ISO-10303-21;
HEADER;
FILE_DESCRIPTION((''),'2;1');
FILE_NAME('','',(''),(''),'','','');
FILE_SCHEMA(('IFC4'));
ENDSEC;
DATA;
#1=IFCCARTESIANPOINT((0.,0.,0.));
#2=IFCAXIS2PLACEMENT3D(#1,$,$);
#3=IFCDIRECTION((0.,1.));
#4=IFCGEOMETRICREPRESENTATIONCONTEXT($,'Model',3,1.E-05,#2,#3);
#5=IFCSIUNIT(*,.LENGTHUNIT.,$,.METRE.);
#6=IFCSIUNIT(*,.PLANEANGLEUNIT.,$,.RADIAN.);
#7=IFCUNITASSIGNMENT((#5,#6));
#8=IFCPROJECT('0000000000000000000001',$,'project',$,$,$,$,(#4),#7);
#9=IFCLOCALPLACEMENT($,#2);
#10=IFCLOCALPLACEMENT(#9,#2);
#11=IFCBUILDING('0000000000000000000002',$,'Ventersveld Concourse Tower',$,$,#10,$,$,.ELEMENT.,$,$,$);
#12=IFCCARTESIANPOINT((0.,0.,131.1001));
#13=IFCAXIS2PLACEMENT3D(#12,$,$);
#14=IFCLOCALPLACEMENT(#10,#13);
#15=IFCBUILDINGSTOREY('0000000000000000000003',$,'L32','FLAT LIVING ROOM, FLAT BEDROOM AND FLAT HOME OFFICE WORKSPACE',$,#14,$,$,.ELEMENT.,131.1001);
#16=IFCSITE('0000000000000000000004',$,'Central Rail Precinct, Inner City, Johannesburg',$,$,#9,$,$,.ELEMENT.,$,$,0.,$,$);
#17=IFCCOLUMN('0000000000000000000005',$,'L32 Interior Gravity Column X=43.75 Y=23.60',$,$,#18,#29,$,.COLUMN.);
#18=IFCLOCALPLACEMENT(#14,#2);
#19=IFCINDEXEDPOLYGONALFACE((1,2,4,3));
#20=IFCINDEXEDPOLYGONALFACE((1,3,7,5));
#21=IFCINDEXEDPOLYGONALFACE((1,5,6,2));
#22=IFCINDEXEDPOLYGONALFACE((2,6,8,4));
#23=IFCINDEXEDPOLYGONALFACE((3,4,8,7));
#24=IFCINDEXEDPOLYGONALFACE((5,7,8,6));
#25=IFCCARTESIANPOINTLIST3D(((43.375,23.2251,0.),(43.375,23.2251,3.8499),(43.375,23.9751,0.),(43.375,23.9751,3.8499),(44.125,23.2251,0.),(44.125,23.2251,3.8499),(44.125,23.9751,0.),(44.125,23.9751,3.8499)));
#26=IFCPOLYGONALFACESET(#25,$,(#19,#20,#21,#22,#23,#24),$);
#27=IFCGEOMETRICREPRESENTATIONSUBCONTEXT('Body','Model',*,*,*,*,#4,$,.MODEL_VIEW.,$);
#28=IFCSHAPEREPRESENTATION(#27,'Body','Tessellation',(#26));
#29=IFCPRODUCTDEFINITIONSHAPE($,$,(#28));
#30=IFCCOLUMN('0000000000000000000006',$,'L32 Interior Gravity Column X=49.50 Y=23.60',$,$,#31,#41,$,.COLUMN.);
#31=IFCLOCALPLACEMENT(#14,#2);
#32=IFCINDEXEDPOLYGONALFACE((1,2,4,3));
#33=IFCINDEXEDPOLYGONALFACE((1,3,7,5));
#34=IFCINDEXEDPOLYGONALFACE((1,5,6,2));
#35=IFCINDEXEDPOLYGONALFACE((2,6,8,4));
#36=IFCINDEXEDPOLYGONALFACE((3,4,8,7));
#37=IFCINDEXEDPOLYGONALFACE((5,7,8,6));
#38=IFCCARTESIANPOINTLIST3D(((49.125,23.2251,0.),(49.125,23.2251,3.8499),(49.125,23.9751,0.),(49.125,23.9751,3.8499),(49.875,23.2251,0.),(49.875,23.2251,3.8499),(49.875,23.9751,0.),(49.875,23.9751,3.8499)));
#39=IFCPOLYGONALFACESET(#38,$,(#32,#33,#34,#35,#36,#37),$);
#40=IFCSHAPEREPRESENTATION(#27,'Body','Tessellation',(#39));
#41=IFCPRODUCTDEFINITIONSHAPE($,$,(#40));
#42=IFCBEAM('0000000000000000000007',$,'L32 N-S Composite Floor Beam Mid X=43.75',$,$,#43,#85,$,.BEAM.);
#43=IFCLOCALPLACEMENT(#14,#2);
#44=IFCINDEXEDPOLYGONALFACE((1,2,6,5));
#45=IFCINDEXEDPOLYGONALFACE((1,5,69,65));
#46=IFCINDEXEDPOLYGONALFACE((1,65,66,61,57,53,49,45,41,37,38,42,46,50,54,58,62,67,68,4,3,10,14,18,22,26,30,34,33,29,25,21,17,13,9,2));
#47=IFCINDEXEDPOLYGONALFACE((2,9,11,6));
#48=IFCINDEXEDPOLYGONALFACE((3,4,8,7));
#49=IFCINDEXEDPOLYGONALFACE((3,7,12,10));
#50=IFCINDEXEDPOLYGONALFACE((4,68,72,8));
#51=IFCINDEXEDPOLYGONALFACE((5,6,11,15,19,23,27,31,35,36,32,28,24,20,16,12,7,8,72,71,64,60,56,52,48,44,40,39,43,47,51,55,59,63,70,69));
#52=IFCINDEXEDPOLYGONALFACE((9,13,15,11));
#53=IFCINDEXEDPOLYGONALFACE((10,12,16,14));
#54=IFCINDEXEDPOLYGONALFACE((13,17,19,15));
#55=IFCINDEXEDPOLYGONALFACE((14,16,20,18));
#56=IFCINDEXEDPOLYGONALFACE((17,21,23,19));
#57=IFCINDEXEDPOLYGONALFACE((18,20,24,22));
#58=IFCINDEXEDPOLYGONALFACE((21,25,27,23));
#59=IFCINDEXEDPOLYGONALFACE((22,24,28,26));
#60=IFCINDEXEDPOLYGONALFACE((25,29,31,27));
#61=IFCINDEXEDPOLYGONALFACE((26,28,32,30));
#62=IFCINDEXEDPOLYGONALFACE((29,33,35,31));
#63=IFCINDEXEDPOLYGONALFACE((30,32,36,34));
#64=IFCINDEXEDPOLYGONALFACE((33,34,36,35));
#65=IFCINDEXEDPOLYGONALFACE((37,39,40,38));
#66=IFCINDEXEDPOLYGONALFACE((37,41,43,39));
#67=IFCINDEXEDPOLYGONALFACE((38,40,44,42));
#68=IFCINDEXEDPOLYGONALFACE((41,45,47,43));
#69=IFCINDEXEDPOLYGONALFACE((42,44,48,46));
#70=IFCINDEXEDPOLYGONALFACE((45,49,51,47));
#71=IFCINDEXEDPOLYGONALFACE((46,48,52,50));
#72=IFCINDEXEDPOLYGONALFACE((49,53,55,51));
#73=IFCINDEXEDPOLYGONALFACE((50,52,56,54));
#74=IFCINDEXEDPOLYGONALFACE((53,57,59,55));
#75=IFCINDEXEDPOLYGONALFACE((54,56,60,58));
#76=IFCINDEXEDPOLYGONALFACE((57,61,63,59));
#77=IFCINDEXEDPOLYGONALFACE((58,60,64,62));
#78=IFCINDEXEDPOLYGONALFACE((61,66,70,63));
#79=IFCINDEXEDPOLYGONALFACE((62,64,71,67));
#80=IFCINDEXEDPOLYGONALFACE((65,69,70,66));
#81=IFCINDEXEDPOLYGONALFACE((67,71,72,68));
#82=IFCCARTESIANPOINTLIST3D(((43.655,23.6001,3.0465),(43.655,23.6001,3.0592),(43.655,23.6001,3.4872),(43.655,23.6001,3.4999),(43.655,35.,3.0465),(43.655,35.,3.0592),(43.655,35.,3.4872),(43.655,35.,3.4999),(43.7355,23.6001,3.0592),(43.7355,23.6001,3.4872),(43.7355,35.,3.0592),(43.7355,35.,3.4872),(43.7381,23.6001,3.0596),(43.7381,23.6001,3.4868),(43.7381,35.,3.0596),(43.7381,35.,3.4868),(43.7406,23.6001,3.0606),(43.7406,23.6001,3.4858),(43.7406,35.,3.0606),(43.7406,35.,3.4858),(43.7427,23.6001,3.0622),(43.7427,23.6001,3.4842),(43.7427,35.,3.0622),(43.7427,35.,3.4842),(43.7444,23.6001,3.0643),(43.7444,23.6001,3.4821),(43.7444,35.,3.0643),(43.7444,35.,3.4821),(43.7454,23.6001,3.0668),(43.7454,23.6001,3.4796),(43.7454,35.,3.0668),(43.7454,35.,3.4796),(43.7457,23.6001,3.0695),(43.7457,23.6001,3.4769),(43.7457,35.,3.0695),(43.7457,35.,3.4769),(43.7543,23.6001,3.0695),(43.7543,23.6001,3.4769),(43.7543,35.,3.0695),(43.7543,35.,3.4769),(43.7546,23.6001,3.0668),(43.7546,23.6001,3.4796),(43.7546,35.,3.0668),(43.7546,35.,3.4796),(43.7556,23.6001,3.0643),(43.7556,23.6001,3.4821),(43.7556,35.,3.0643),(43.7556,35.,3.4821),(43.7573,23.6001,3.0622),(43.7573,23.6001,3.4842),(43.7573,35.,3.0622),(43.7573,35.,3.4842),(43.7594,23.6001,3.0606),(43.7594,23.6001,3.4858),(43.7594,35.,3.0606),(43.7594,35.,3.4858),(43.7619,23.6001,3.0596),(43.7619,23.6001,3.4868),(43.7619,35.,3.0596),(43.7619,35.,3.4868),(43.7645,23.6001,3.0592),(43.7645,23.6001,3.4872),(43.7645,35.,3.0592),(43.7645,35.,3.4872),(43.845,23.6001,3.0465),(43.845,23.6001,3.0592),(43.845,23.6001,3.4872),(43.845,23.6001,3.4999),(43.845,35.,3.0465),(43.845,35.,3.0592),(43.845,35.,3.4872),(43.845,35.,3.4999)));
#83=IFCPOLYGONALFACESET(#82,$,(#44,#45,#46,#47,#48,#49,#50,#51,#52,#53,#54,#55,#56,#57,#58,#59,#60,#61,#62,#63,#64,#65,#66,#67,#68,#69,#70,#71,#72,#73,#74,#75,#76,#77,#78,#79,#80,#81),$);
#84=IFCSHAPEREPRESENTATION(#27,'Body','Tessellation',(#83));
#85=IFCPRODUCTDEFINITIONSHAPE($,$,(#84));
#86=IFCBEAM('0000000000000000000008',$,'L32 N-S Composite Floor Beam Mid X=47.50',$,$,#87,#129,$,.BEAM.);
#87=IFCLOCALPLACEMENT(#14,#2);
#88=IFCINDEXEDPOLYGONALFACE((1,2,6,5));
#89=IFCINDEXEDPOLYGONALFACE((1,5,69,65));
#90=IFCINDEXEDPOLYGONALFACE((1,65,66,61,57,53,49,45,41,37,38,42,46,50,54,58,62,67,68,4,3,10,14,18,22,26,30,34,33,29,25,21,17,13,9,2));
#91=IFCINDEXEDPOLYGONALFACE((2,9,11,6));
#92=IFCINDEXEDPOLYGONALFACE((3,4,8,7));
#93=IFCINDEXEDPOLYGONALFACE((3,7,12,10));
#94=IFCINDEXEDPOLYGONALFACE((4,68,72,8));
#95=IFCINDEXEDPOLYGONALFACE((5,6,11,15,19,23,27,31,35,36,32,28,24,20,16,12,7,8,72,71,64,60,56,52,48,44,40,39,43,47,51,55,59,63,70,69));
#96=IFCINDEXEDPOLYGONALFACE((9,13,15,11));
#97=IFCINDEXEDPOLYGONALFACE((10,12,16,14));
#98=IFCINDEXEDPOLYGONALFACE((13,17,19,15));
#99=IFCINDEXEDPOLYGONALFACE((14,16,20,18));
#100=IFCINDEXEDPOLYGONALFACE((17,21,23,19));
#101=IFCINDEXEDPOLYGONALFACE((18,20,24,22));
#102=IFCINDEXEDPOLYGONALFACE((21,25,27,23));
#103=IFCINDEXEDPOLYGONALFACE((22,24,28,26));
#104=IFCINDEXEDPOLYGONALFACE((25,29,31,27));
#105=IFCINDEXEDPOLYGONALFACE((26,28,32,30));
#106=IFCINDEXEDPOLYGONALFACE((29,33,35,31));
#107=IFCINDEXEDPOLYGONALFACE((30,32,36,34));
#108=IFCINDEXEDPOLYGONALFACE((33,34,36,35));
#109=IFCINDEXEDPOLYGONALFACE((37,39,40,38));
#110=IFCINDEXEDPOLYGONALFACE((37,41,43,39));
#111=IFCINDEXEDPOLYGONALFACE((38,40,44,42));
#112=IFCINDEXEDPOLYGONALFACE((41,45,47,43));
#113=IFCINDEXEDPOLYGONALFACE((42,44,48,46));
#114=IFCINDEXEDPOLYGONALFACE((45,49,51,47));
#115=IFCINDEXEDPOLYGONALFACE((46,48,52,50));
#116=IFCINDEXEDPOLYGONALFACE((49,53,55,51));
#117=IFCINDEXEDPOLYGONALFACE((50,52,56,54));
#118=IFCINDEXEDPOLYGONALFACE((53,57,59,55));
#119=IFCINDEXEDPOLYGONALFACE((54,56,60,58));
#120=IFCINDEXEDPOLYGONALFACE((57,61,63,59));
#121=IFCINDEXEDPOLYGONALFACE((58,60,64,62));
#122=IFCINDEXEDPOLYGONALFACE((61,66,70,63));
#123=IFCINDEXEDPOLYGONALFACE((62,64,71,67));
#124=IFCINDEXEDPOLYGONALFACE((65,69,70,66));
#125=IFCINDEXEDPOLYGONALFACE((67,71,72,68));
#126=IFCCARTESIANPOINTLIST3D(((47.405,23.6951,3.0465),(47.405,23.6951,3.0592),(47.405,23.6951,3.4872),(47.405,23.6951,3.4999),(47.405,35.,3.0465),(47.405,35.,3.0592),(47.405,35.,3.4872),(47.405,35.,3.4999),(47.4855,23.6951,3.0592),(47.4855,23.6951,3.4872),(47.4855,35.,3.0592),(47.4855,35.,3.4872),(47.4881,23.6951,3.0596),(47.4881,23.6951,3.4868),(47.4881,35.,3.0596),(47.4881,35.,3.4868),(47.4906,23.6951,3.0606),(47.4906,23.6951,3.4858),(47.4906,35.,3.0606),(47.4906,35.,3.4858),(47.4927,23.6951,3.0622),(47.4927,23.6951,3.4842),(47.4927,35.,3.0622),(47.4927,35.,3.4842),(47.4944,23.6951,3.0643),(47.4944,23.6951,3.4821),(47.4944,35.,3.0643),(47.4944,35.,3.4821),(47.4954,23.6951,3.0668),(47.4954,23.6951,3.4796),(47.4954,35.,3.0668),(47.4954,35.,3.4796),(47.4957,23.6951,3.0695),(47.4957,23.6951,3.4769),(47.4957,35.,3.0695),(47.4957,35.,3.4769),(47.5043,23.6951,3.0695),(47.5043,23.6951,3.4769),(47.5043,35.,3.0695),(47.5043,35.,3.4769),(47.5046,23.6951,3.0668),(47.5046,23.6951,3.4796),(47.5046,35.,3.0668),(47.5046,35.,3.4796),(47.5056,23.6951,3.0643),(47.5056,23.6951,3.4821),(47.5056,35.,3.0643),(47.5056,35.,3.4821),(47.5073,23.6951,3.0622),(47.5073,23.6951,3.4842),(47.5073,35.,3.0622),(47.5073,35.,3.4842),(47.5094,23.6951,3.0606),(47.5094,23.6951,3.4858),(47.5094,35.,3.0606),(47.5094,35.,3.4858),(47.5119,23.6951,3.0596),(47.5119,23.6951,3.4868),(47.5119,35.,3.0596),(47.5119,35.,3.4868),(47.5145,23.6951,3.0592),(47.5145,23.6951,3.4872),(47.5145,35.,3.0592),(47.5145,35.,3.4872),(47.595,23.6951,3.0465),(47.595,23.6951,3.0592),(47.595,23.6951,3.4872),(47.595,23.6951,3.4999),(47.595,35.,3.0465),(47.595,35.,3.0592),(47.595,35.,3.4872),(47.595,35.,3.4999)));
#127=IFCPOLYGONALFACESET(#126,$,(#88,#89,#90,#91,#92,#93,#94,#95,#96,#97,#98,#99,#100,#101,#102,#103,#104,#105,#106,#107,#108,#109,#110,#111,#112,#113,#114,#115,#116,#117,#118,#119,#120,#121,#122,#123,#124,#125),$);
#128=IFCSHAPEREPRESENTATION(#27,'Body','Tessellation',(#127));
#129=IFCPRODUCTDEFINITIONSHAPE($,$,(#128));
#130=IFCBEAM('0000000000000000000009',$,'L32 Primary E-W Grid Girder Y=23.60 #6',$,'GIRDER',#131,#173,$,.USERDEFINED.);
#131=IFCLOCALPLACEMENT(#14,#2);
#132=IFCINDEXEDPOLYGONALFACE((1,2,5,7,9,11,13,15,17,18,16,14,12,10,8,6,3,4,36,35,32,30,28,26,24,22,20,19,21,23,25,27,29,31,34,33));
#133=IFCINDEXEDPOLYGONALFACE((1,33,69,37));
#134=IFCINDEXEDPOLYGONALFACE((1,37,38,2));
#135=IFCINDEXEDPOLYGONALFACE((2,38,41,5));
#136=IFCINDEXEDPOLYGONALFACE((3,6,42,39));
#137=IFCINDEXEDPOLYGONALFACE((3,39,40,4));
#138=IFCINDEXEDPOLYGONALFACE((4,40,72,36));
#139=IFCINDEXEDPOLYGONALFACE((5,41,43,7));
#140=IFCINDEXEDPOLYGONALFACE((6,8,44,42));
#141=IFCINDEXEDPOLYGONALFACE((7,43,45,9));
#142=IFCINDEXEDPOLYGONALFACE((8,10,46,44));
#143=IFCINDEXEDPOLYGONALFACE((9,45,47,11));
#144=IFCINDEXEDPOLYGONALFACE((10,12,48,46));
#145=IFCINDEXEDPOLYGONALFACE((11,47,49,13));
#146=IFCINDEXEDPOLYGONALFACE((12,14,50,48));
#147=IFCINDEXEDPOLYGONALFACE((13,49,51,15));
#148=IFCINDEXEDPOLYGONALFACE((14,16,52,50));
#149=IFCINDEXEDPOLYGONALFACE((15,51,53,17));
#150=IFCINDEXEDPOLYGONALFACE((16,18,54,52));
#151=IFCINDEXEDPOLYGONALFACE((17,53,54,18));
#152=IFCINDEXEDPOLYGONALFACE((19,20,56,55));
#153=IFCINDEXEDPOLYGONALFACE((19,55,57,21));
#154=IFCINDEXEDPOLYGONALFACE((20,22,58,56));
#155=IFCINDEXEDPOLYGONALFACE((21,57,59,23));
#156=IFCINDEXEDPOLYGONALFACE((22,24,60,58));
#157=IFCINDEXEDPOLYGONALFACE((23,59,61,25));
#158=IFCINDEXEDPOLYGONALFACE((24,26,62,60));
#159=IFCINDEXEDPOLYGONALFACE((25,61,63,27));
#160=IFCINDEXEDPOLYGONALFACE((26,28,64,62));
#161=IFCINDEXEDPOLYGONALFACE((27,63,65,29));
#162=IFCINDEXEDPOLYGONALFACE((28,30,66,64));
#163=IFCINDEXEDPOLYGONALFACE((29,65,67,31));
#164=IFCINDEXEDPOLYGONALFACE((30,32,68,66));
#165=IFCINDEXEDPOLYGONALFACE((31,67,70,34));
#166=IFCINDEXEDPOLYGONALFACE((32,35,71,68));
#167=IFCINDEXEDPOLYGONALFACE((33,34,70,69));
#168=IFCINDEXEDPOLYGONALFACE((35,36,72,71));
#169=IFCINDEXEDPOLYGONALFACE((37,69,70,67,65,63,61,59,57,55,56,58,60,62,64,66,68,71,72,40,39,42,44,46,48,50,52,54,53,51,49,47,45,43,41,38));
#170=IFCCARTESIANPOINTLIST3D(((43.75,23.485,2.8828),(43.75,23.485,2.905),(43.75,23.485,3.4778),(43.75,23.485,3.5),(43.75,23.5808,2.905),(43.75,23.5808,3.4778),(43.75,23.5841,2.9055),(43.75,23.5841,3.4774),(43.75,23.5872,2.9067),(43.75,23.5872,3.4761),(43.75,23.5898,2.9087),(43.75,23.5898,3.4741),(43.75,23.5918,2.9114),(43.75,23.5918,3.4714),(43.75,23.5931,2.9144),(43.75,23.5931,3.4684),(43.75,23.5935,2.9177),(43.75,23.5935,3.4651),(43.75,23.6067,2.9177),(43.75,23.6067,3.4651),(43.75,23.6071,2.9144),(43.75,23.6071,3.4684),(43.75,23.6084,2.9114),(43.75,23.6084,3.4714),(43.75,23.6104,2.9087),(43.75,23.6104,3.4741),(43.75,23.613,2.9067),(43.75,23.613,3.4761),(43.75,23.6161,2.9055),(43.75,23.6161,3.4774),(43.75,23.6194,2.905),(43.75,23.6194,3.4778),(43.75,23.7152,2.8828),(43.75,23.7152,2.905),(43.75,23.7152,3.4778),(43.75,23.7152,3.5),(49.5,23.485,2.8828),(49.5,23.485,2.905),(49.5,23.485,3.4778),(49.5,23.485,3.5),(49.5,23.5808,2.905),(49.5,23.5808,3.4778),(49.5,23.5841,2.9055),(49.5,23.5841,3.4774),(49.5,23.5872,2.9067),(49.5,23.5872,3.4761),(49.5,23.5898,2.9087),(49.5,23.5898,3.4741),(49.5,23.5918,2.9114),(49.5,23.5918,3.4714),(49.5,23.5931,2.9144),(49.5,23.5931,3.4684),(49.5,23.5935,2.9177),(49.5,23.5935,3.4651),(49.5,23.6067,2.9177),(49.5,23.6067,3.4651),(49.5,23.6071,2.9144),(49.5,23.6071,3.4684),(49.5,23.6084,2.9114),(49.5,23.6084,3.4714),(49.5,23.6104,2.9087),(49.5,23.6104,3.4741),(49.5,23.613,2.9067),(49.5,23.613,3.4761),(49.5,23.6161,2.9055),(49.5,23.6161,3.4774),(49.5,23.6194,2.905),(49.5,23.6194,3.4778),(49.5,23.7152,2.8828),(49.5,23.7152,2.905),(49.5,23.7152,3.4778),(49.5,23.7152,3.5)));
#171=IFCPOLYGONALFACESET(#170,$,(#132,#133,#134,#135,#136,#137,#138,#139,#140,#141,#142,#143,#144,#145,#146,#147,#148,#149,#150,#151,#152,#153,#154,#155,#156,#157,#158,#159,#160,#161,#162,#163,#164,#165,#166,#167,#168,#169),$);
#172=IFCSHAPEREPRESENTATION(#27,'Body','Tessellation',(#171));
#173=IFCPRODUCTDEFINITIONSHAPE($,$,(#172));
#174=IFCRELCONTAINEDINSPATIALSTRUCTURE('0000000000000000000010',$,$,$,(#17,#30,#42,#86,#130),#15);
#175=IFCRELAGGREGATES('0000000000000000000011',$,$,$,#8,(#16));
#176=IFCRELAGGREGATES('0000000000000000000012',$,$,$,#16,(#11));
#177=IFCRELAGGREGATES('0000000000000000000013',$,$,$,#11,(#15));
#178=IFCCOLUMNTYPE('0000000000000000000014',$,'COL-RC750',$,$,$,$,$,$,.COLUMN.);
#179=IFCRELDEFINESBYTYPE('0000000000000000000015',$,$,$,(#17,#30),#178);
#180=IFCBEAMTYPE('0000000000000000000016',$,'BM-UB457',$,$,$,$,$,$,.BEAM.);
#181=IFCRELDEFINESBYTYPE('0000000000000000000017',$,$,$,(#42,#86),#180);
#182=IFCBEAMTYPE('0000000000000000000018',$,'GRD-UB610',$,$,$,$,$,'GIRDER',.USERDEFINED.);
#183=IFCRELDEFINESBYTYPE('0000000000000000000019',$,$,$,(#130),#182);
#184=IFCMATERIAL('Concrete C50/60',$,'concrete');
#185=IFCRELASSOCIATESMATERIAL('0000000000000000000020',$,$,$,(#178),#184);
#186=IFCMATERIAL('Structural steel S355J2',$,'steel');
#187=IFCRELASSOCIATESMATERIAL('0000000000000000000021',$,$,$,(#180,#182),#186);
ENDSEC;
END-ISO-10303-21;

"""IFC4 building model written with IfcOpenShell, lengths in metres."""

from ifc_helpers import new_model, si_unit, direction, frame, origin, origin_2d, place, context, subcontext, project, spatial, rectangle, i_section, extrude, material, material_profile, profile_set, type_object, element, save


model = new_model("IFC4")

# Units and contexts
model_context = context("Model", 3, precision=1e-05, world=origin(), true_north=direction((0.0, 1.0)))
body_context = subcontext(model_context, "Body", "Model", "MODEL_VIEW")
ifc_project = project(units=[si_unit("LENGTHUNIT", "METRE"), si_unit("PLANEANGLEUNIT", "RADIAN")], contexts=[model_context])

# Site, building, storey
site_placement = place(None, origin())
site = spatial("IfcSite", under=ifc_project, at=site_placement, Name="Central Rail Precinct, Inner City, Johannesburg", CompositionType="ELEMENT", RefElevation=0.0)
building_placement = place(site_placement, origin())
building = spatial("IfcBuilding", under=site, at=building_placement, Name="Ventersveld Concourse Tower", CompositionType="ELEMENT")
storey_placement = place(building_placement, frame((0.0, 0.0, 131.1001)))
storey = spatial("IfcBuildingStorey", under=building, at=storey_placement, Name="L32", Description="FLAT LIVING ROOM, FLAT BEDROOM AND FLAT HOME OFFICE WORKSPACE", CompositionType="ELEMENT", Elevation=131.1001)

# Columns
ifc_material_1 = material(Name="Concrete C50/60", Category="concrete")
ifc_material_profile_1 = material_profile(ifc_material_1, rectangle(XDim=0.75, YDim=0.75, at=origin_2d()), Name="RC 750x750")
ifc_profile_set_1 = profile_set([ifc_material_profile_1], Name="Concrete C50/60")
column_type = type_object("IfcColumnType", Name="COL-RC750", PredefinedType="COLUMN", material=ifc_profile_set_1)
for number, where, z_axis, x_axis, name in (
    (1, (43.75, 23.6001, 0.0), (0.0, 0.0, 1.0), (1.0, 0.0, 0.0), "L32 Interior Gravity Column X=43.75 Y=23.60"),
    (2, (49.5, 23.6001, 0.0), (0.0, 0.0, 1.0), (1.0, 0.0, 0.0), "L32 Interior Gravity Column X=49.50 Y=23.60"),
):
    element("IfcColumn", number, at=place(storey_placement, frame(where, z_axis=z_axis, x_axis=x_axis)), inside=storey, type_object=column_type, Name=name, PredefinedType="COLUMN", context=body_context, shape_type="SweptSolid", body=[
        extrude(rectangle(XDim=0.75, YDim=0.75, at=origin_2d()), origin(), (0.0, 0.0, 1.0), 3.8499),
    ])

# Beams
ifc_material_2 = material(Name="Structural steel S355J2", Category="steel")
ifc_material_profile_2 = material_profile(ifc_material_2, i_section(OverallWidth=0.1899, OverallDepth=0.4534, WebThickness=0.0085, FlangeThickness=0.0127, FilletRadius=0.0103, at=origin_2d()), Name="UB 457x191x67")
ifc_profile_set_2 = profile_set([ifc_material_profile_2], Name="Structural steel S355J2")
beam_type_1 = type_object("IfcBeamType", Name="BM-UB457", PredefinedType="BEAM", material=ifc_profile_set_2)
beam_1_placement = place(storey_placement, frame((43.75, 23.6001, 3.2732), z_axis=(0.0, 1.0, 0.0), x_axis=(-1.0, 0.0, 0.0)))
element("IfcBeam", 3, at=beam_1_placement, inside=storey, type_object=beam_type_1, Name="L32 N-S Composite Floor Beam Mid X=43.75", PredefinedType="BEAM", context=body_context, shape_type="SweptSolid", body=[
    extrude(i_section(OverallWidth=0.1899, OverallDepth=0.4534, WebThickness=0.0085, FlangeThickness=0.0127, FilletRadius=0.0103, at=origin_2d()), origin(), (0.0, 0.0, 1.0), 11.3999),
])
beam_2_placement = place(storey_placement, frame((47.5, 23.6951, 3.2732), z_axis=(0.0, 1.0, 0.0), x_axis=(-1.0, 0.0, 0.0)))
element("IfcBeam", 4, at=beam_2_placement, inside=storey, type_object=beam_type_1, Name="L32 N-S Composite Floor Beam Mid X=47.50", PredefinedType="BEAM", context=body_context, shape_type="SweptSolid", body=[
    extrude(i_section(OverallWidth=0.1899, OverallDepth=0.4534, WebThickness=0.0085, FlangeThickness=0.0127, FilletRadius=0.0103, at=origin_2d()), origin(), (0.0, 0.0, 1.0), 11.3049),
])
ifc_material_profile_3 = material_profile(ifc_material_2, i_section(OverallWidth=0.2302, OverallDepth=0.6172, WebThickness=0.0132, FlangeThickness=0.0222, FilletRadius=0.0127, at=origin_2d()), Name="UB 610x229x140")
ifc_profile_set_3 = profile_set([ifc_material_profile_3], Name="Structural steel S355J2")
beam_type_2 = type_object("IfcBeamType", Name="GRD-UB610", ElementType="GIRDER", PredefinedType="USERDEFINED", material=ifc_profile_set_3)
beam_3_placement = place(storey_placement, frame((43.75, 23.6001, 3.1914), z_axis=(1.0, 0.0, 0.0), x_axis=(0.0, 1.0, 0.0)))
element("IfcBeam", 5, at=beam_3_placement, inside=storey, type_object=beam_type_2, Name="L32 Primary E-W Grid Girder Y=23.60 #6", ObjectType="GIRDER", PredefinedType="USERDEFINED", context=body_context, shape_type="SweptSolid", body=[
    extrude(i_section(OverallWidth=0.2302, OverallDepth=0.6172, WebThickness=0.0132, FlangeThickness=0.0222, FilletRadius=0.0127, at=origin_2d()), origin(), (0.0, 0.0, 1.0), 5.75),
])

save(model, "model.ifc")
